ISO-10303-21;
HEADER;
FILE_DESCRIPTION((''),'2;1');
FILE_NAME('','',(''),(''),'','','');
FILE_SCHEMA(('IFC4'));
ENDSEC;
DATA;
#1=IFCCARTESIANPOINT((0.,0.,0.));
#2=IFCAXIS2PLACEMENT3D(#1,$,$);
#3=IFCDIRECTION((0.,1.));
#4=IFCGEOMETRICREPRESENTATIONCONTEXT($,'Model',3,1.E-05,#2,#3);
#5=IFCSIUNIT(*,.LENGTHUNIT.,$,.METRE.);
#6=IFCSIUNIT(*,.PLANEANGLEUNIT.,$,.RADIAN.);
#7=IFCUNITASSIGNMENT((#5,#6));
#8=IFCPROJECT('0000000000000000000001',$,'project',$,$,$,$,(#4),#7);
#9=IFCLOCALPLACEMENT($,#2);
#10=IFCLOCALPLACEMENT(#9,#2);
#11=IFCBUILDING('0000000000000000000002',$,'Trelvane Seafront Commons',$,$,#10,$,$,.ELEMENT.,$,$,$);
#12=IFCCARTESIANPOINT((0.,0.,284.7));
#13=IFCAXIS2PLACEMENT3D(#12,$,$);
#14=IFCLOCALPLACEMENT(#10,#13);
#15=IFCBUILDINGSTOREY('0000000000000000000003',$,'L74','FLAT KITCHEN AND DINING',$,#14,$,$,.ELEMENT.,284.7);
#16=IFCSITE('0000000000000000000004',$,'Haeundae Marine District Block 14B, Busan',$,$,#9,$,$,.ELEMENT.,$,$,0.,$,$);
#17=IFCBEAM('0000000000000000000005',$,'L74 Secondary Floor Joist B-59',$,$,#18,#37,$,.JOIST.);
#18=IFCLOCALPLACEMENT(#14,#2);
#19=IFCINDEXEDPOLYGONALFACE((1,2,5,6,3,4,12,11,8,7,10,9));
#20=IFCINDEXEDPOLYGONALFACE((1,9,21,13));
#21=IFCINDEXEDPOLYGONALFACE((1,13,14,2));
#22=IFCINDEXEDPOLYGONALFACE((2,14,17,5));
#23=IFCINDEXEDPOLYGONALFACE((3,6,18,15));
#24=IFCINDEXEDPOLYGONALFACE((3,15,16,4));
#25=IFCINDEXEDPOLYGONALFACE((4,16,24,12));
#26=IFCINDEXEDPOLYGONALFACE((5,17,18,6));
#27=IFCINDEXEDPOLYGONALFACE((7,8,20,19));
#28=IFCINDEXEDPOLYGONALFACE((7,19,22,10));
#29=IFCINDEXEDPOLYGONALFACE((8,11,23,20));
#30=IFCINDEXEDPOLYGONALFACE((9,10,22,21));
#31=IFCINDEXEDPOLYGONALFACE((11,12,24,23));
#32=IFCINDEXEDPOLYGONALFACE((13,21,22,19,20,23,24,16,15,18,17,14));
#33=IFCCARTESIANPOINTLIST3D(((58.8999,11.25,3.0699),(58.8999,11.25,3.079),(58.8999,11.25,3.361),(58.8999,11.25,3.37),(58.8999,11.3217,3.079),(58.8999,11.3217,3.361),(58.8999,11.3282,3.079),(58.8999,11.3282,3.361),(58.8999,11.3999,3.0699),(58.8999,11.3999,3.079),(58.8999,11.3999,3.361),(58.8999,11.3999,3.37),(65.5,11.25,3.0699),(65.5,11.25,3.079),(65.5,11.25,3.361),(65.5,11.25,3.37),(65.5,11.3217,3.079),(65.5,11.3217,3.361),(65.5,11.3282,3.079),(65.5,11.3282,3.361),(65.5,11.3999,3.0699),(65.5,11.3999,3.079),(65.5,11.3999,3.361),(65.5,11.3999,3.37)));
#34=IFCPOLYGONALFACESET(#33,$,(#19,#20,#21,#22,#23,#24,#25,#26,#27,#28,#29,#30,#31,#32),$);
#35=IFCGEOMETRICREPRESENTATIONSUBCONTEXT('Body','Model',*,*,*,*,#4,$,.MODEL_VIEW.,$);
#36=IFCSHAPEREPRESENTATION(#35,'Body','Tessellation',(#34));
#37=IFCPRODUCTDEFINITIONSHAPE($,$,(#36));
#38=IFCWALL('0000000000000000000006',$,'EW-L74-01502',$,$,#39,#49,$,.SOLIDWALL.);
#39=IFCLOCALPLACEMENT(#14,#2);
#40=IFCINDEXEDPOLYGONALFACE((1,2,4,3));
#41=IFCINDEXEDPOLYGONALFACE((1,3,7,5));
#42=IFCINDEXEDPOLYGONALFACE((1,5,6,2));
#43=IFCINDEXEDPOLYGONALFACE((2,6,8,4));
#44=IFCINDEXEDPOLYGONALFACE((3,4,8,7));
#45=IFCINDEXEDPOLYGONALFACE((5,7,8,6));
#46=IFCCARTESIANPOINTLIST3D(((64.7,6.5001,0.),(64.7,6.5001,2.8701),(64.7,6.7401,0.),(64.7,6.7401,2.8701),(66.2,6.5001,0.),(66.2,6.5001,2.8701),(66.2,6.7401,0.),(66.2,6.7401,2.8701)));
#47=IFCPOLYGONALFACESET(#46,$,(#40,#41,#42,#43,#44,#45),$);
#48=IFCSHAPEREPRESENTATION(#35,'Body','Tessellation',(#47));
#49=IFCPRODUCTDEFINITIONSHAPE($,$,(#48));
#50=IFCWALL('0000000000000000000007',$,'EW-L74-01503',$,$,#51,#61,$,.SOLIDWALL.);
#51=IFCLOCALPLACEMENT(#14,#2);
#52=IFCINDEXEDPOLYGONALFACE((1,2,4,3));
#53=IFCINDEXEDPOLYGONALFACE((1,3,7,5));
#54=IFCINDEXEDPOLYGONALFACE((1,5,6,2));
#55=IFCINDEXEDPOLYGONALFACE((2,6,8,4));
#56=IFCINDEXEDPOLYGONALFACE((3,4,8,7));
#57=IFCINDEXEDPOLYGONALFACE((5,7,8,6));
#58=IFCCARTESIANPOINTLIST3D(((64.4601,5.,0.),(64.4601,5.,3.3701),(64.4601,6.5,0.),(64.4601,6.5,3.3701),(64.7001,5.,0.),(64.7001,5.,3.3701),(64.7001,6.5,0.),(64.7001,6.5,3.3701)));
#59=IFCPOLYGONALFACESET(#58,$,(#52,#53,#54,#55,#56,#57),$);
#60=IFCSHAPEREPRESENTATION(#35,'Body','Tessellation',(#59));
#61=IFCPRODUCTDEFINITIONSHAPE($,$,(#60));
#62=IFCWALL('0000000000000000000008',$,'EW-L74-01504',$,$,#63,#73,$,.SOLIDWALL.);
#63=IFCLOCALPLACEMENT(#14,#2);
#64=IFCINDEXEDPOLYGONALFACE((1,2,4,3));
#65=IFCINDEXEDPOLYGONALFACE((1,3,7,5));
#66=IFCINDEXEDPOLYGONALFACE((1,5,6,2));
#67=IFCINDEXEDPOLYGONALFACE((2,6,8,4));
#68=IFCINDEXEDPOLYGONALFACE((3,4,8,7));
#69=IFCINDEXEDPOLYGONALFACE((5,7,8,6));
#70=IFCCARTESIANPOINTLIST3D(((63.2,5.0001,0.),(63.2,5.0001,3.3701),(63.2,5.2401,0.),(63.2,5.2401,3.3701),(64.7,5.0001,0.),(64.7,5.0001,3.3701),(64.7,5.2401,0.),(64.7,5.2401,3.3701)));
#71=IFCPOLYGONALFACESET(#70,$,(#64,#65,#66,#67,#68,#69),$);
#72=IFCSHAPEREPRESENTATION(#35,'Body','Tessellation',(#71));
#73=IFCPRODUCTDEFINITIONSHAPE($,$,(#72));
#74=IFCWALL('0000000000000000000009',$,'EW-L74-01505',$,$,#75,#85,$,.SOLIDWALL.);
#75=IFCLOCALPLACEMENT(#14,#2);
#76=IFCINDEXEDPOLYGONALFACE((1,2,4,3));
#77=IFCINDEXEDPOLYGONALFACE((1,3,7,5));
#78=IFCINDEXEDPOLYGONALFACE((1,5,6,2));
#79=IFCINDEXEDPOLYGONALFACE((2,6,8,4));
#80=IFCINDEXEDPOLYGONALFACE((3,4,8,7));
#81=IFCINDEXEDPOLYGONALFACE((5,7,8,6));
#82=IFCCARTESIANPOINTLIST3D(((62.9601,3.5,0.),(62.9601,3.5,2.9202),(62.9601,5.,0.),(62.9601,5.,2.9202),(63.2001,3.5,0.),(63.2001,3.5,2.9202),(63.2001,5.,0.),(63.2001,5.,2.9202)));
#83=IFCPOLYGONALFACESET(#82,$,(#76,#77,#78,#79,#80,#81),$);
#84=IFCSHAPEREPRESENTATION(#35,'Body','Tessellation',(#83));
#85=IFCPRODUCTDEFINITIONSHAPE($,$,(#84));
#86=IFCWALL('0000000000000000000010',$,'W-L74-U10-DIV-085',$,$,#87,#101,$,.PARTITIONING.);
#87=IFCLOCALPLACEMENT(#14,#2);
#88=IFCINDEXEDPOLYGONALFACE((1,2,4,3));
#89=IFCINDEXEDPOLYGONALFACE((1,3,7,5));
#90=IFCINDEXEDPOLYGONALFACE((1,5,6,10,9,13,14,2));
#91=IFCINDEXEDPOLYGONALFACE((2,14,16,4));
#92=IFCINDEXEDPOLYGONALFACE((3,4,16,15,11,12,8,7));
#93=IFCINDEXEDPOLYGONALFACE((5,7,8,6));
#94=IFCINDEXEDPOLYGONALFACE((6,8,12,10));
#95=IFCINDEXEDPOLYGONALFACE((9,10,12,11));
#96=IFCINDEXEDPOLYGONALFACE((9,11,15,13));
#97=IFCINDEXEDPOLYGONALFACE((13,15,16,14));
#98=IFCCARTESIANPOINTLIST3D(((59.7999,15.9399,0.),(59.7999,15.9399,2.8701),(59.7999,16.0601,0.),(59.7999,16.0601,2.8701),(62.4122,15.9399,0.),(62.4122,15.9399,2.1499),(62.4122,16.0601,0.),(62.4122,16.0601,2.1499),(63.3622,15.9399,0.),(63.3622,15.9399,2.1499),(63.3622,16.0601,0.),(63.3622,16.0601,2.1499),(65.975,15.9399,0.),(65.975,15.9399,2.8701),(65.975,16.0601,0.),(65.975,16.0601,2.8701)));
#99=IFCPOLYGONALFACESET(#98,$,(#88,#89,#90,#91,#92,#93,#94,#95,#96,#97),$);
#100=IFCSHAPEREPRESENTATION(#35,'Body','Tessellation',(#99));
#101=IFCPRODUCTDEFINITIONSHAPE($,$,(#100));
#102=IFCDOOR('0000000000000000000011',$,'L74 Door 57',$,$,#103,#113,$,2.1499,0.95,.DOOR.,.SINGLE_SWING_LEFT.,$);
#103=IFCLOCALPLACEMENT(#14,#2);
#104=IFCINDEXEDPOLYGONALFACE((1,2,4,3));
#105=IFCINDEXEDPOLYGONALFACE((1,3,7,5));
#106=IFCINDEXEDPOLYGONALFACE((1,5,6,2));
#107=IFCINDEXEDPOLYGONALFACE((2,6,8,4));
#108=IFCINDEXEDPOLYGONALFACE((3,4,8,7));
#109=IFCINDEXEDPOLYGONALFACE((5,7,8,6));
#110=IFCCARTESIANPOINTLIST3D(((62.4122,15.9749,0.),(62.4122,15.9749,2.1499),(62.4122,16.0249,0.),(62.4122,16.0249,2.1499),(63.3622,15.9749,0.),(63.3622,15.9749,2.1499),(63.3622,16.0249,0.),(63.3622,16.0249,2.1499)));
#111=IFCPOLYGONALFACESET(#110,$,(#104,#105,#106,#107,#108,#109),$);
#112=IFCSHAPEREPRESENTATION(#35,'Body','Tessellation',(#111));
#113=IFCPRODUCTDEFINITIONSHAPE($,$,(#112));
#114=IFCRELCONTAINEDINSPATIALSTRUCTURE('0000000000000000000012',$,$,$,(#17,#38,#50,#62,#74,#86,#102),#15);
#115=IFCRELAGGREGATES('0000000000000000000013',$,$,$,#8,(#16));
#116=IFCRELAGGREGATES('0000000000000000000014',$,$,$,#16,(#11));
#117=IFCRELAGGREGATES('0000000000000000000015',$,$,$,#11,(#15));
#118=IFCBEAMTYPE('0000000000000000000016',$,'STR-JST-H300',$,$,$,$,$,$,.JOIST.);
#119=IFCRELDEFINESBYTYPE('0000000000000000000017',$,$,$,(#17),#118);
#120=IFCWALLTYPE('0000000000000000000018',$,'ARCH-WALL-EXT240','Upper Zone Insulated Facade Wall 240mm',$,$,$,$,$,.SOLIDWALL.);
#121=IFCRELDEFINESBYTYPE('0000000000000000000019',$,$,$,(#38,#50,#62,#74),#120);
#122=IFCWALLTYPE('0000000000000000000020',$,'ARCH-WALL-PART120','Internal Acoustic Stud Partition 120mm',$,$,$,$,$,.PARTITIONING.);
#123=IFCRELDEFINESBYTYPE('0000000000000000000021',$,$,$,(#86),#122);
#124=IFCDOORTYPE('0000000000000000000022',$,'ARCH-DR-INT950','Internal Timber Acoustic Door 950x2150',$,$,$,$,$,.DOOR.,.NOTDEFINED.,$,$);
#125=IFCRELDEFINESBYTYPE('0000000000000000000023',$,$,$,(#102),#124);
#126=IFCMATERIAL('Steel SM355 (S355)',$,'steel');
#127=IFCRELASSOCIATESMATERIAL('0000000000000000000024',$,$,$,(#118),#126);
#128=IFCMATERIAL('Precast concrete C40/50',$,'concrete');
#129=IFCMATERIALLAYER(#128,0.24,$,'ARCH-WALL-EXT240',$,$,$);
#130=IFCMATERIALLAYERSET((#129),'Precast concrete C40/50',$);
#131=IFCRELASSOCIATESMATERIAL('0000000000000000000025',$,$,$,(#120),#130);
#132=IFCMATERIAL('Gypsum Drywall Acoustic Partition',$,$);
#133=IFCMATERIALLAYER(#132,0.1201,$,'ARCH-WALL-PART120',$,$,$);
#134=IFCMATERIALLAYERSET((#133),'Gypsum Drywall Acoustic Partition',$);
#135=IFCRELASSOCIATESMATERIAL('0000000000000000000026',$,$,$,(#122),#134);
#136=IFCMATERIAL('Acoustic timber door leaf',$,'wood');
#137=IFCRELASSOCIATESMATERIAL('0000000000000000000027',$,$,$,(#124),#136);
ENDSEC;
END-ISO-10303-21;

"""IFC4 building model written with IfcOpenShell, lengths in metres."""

from ifc_helpers import new_model, si_unit, direction, frame, frame_2d, origin, origin_2d, place, context, subcontext, project, spatial, rectangle, i_section, extrude, source, transform, mapped, material, layer, layer_set, material_profile, profile_set, type_object, element, fill, save


model = new_model("IFC4")

# Units and contexts
model_context = context("Model", 3, precision=1e-05, world=origin(), true_north=direction((0.0, 1.0)))
body_context = subcontext(model_context, "Body", "Model", "MODEL_VIEW")
ifc_project = project(units=[si_unit("LENGTHUNIT", "METRE"), si_unit("PLANEANGLEUNIT", "RADIAN")], contexts=[model_context])

# Site, building, storey
site_placement = place(None, origin())
site = spatial("IfcSite", under=ifc_project, at=site_placement, Name="Haeundae Marine District Block 14B, Busan", CompositionType="ELEMENT", RefElevation=0.0)
building_placement = place(site_placement, origin())
building = spatial("IfcBuilding", under=site, at=building_placement, Name="Trelvane Seafront Commons", CompositionType="ELEMENT")
storey_placement = place(building_placement, frame((0.0, 0.0, 284.7)))
storey = spatial("IfcBuildingStorey", under=building, at=storey_placement, Name="L74", Description="FLAT KITCHEN AND DINING", CompositionType="ELEMENT", Elevation=284.7)

# Beam
ifc_material_1 = material(Name="Steel SM355 (S355)", Category="steel")
ifc_material_profile = material_profile(ifc_material_1, i_section(OverallWidth=0.1499, OverallDepth=0.3, WebThickness=0.0066, FlangeThickness=0.009, at=origin_2d()), Name="H-300x150x6.5x9")
ifc_profile_set = profile_set([ifc_material_profile], Name="Steel SM355 (S355)")
beam_type = type_object("IfcBeamType", Name="STR-JST-H300", PredefinedType="JOIST", material=ifc_profile_set)
shared_shape_1 = source(origin(), body_context, "Body", "SweptSolid", [
    extrude(i_section(OverallWidth=0.1499, OverallDepth=0.3, WebThickness=0.0066, FlangeThickness=0.009, at=origin_2d()), origin(), (0.0, 0.0, 1.0), 6.6001),
])
beam_placement = place(storey_placement, frame((58.8999, 11.325, 3.22), z_axis=(1.0, 0.0, 0.0), x_axis=(0.0, 1.0, 0.0)))
element("IfcBeam", 1, at=beam_placement, inside=storey, type_object=beam_type, Name="L74 Secondary Floor Joist B-59", PredefinedType="JOIST", context=body_context, shape_type="MappedRepresentation", body=[
    mapped(shared_shape_1, transform((0.0, 0.0, 0.0), x_axis=(1.0, 0.0, 0.0), y_axis=(0.0, 1.0, 0.0), z_axis=(0.0, 0.0, 1.0), scale=1.0)),
])

# Walls
ifc_material_2 = material(Name="Precast concrete C40/50", Category="concrete")
ifc_layer_1 = layer(ifc_material_2, 0.24, Name="ARCH-WALL-EXT240")
ifc_layer_set_1 = layer_set([ifc_layer_1], Name="Precast concrete C40/50")
wall_type_1 = type_object("IfcWallType", Name="ARCH-WALL-EXT240", Description="Upper Zone Insulated Facade Wall 240mm", PredefinedType="SOLIDWALL", material=ifc_layer_set_1)
wall_1_placement = place(storey_placement, frame((66.2, 6.6201, 0.0), z_axis=(0.0, 0.0, 1.0), x_axis=(-1.0, 0.0, 0.0)))
element("IfcWall", 2, at=wall_1_placement, inside=storey, type_object=wall_type_1, Name="EW-L74-01502", PredefinedType="SOLIDWALL", context=body_context, shape_type="SweptSolid", body=[
    extrude(rectangle(XDim=1.5, YDim=0.24, at=frame_2d((0.75, 0.0))), origin(), (0.0, 0.0, 1.0), 2.8701),
])
for number, where, z_axis, x_axis, name in (
    (3, (64.5801, 6.5, 0.0), (0.0, 0.0, 1.0), (0.0, -1.0, 0.0), "EW-L74-01503"),
    (4, (64.7, 5.1201, 0.0), (0.0, 0.0, 1.0), (-1.0, 0.0, 0.0), "EW-L74-01504"),
):
    element("IfcWall", number, at=place(storey_placement, frame(where, z_axis=z_axis, x_axis=x_axis)), inside=storey, type_object=wall_type_1, Name=name, PredefinedType="SOLIDWALL", context=body_context, shape_type="SweptSolid", body=[
        extrude(rectangle(XDim=1.5, YDim=0.24, at=frame_2d((0.75, 0.0))), origin(), (0.0, 0.0, 1.0), 3.3701),
    ])
wall_2_placement = place(storey_placement, frame((63.0801, 5.0, 0.0), z_axis=(0.0, 0.0, 1.0), x_axis=(0.0, -1.0, 0.0)))
element("IfcWall", 5, at=wall_2_placement, inside=storey, type_object=wall_type_1, Name="EW-L74-01505", PredefinedType="SOLIDWALL", context=body_context, shape_type="SweptSolid", body=[
    extrude(rectangle(XDim=1.5, YDim=0.24, at=frame_2d((0.75, 0.0))), origin(), (0.0, 0.0, 1.0), 2.9202),
])

# Wall, opening, door
ifc_material_3 = material(Name="Gypsum Drywall Acoustic Partition")
ifc_layer_2 = layer(ifc_material_3, 0.1201, Name="ARCH-WALL-PART120")
ifc_layer_set_2 = layer_set([ifc_layer_2], Name="Gypsum Drywall Acoustic Partition")
wall_type_2 = type_object("IfcWallType", Name="ARCH-WALL-PART120", Description="Internal Acoustic Stud Partition 120mm", PredefinedType="PARTITIONING", material=ifc_layer_set_2)
wall_3_placement = place(storey_placement, frame((59.8, 16.0, 0.0), z_axis=(0.0, 0.0, 1.0), x_axis=(1.0, 0.0, 0.0)))
wall_3 = element("IfcWall", 6, at=wall_3_placement, inside=storey, type_object=wall_type_2, Name="W-L74-U10-DIV-085", PredefinedType="PARTITIONING", context=body_context, shape_type="SweptSolid", body=[
    extrude(rectangle(XDim=6.175, YDim=0.1201, at=frame_2d((3.0874, 0.0))), origin(), (0.0, 0.0, 1.0), 2.8701),
])
opening_placement = place(wall_3_placement, frame((2.6121, 0.0, 0.0)))
opening = element("IfcOpeningElement", 7, at=opening_placement, cuts=wall_3, PredefinedType="OPENING", context=body_context, shape_type="SweptSolid", body=[
    extrude(rectangle(XDim=0.95, YDim=2.1499, at=frame_2d((0.4751, 1.075))), frame((0.0, 0.0701, 0.0), z_axis=(0.0, -1.0, 0.0), x_axis=(1.0, 0.0, 0.0)), (0.0, 0.0, 1.0), 0.1401),
])
ifc_material_4 = material(Name="Acoustic timber door leaf", Category="wood")
door_type = type_object("IfcDoorType", Name="ARCH-DR-INT950", Description="Internal Timber Acoustic Door 950x2150", OperationType="NOTDEFINED", PredefinedType="DOOR", material=ifc_material_4)
shared_shape_2 = source(origin(), body_context, "Body", "SweptSolid", [
    extrude(rectangle(XDim=0.95, YDim=2.1499, at=frame_2d((0.4751, 1.075))), frame((0.0, 0.0249, 0.0), z_axis=(0.0, -1.0, 0.0), x_axis=(1.0, 0.0, 0.0)), (0.0, 0.0, 1.0), 0.05),
])
door_placement = place(opening_placement, origin())
door = element("IfcDoor", 8, at=door_placement, inside=storey, type_object=door_type, Name="L74 Door 57", OperationType="SINGLE_SWING_LEFT", OverallHeight=2.1499, OverallWidth=0.95, PredefinedType="DOOR", context=body_context, shape_type="MappedRepresentation", body=[
    mapped(shared_shape_2, transform((0.0, 0.0, 0.0), x_axis=(1.0, 0.0, 0.0), y_axis=(0.0, 1.0, 0.0), z_axis=(0.0, 0.0, 1.0), scale=1.0)),
])
fill(opening, door)

save(model, "model.ifc")
